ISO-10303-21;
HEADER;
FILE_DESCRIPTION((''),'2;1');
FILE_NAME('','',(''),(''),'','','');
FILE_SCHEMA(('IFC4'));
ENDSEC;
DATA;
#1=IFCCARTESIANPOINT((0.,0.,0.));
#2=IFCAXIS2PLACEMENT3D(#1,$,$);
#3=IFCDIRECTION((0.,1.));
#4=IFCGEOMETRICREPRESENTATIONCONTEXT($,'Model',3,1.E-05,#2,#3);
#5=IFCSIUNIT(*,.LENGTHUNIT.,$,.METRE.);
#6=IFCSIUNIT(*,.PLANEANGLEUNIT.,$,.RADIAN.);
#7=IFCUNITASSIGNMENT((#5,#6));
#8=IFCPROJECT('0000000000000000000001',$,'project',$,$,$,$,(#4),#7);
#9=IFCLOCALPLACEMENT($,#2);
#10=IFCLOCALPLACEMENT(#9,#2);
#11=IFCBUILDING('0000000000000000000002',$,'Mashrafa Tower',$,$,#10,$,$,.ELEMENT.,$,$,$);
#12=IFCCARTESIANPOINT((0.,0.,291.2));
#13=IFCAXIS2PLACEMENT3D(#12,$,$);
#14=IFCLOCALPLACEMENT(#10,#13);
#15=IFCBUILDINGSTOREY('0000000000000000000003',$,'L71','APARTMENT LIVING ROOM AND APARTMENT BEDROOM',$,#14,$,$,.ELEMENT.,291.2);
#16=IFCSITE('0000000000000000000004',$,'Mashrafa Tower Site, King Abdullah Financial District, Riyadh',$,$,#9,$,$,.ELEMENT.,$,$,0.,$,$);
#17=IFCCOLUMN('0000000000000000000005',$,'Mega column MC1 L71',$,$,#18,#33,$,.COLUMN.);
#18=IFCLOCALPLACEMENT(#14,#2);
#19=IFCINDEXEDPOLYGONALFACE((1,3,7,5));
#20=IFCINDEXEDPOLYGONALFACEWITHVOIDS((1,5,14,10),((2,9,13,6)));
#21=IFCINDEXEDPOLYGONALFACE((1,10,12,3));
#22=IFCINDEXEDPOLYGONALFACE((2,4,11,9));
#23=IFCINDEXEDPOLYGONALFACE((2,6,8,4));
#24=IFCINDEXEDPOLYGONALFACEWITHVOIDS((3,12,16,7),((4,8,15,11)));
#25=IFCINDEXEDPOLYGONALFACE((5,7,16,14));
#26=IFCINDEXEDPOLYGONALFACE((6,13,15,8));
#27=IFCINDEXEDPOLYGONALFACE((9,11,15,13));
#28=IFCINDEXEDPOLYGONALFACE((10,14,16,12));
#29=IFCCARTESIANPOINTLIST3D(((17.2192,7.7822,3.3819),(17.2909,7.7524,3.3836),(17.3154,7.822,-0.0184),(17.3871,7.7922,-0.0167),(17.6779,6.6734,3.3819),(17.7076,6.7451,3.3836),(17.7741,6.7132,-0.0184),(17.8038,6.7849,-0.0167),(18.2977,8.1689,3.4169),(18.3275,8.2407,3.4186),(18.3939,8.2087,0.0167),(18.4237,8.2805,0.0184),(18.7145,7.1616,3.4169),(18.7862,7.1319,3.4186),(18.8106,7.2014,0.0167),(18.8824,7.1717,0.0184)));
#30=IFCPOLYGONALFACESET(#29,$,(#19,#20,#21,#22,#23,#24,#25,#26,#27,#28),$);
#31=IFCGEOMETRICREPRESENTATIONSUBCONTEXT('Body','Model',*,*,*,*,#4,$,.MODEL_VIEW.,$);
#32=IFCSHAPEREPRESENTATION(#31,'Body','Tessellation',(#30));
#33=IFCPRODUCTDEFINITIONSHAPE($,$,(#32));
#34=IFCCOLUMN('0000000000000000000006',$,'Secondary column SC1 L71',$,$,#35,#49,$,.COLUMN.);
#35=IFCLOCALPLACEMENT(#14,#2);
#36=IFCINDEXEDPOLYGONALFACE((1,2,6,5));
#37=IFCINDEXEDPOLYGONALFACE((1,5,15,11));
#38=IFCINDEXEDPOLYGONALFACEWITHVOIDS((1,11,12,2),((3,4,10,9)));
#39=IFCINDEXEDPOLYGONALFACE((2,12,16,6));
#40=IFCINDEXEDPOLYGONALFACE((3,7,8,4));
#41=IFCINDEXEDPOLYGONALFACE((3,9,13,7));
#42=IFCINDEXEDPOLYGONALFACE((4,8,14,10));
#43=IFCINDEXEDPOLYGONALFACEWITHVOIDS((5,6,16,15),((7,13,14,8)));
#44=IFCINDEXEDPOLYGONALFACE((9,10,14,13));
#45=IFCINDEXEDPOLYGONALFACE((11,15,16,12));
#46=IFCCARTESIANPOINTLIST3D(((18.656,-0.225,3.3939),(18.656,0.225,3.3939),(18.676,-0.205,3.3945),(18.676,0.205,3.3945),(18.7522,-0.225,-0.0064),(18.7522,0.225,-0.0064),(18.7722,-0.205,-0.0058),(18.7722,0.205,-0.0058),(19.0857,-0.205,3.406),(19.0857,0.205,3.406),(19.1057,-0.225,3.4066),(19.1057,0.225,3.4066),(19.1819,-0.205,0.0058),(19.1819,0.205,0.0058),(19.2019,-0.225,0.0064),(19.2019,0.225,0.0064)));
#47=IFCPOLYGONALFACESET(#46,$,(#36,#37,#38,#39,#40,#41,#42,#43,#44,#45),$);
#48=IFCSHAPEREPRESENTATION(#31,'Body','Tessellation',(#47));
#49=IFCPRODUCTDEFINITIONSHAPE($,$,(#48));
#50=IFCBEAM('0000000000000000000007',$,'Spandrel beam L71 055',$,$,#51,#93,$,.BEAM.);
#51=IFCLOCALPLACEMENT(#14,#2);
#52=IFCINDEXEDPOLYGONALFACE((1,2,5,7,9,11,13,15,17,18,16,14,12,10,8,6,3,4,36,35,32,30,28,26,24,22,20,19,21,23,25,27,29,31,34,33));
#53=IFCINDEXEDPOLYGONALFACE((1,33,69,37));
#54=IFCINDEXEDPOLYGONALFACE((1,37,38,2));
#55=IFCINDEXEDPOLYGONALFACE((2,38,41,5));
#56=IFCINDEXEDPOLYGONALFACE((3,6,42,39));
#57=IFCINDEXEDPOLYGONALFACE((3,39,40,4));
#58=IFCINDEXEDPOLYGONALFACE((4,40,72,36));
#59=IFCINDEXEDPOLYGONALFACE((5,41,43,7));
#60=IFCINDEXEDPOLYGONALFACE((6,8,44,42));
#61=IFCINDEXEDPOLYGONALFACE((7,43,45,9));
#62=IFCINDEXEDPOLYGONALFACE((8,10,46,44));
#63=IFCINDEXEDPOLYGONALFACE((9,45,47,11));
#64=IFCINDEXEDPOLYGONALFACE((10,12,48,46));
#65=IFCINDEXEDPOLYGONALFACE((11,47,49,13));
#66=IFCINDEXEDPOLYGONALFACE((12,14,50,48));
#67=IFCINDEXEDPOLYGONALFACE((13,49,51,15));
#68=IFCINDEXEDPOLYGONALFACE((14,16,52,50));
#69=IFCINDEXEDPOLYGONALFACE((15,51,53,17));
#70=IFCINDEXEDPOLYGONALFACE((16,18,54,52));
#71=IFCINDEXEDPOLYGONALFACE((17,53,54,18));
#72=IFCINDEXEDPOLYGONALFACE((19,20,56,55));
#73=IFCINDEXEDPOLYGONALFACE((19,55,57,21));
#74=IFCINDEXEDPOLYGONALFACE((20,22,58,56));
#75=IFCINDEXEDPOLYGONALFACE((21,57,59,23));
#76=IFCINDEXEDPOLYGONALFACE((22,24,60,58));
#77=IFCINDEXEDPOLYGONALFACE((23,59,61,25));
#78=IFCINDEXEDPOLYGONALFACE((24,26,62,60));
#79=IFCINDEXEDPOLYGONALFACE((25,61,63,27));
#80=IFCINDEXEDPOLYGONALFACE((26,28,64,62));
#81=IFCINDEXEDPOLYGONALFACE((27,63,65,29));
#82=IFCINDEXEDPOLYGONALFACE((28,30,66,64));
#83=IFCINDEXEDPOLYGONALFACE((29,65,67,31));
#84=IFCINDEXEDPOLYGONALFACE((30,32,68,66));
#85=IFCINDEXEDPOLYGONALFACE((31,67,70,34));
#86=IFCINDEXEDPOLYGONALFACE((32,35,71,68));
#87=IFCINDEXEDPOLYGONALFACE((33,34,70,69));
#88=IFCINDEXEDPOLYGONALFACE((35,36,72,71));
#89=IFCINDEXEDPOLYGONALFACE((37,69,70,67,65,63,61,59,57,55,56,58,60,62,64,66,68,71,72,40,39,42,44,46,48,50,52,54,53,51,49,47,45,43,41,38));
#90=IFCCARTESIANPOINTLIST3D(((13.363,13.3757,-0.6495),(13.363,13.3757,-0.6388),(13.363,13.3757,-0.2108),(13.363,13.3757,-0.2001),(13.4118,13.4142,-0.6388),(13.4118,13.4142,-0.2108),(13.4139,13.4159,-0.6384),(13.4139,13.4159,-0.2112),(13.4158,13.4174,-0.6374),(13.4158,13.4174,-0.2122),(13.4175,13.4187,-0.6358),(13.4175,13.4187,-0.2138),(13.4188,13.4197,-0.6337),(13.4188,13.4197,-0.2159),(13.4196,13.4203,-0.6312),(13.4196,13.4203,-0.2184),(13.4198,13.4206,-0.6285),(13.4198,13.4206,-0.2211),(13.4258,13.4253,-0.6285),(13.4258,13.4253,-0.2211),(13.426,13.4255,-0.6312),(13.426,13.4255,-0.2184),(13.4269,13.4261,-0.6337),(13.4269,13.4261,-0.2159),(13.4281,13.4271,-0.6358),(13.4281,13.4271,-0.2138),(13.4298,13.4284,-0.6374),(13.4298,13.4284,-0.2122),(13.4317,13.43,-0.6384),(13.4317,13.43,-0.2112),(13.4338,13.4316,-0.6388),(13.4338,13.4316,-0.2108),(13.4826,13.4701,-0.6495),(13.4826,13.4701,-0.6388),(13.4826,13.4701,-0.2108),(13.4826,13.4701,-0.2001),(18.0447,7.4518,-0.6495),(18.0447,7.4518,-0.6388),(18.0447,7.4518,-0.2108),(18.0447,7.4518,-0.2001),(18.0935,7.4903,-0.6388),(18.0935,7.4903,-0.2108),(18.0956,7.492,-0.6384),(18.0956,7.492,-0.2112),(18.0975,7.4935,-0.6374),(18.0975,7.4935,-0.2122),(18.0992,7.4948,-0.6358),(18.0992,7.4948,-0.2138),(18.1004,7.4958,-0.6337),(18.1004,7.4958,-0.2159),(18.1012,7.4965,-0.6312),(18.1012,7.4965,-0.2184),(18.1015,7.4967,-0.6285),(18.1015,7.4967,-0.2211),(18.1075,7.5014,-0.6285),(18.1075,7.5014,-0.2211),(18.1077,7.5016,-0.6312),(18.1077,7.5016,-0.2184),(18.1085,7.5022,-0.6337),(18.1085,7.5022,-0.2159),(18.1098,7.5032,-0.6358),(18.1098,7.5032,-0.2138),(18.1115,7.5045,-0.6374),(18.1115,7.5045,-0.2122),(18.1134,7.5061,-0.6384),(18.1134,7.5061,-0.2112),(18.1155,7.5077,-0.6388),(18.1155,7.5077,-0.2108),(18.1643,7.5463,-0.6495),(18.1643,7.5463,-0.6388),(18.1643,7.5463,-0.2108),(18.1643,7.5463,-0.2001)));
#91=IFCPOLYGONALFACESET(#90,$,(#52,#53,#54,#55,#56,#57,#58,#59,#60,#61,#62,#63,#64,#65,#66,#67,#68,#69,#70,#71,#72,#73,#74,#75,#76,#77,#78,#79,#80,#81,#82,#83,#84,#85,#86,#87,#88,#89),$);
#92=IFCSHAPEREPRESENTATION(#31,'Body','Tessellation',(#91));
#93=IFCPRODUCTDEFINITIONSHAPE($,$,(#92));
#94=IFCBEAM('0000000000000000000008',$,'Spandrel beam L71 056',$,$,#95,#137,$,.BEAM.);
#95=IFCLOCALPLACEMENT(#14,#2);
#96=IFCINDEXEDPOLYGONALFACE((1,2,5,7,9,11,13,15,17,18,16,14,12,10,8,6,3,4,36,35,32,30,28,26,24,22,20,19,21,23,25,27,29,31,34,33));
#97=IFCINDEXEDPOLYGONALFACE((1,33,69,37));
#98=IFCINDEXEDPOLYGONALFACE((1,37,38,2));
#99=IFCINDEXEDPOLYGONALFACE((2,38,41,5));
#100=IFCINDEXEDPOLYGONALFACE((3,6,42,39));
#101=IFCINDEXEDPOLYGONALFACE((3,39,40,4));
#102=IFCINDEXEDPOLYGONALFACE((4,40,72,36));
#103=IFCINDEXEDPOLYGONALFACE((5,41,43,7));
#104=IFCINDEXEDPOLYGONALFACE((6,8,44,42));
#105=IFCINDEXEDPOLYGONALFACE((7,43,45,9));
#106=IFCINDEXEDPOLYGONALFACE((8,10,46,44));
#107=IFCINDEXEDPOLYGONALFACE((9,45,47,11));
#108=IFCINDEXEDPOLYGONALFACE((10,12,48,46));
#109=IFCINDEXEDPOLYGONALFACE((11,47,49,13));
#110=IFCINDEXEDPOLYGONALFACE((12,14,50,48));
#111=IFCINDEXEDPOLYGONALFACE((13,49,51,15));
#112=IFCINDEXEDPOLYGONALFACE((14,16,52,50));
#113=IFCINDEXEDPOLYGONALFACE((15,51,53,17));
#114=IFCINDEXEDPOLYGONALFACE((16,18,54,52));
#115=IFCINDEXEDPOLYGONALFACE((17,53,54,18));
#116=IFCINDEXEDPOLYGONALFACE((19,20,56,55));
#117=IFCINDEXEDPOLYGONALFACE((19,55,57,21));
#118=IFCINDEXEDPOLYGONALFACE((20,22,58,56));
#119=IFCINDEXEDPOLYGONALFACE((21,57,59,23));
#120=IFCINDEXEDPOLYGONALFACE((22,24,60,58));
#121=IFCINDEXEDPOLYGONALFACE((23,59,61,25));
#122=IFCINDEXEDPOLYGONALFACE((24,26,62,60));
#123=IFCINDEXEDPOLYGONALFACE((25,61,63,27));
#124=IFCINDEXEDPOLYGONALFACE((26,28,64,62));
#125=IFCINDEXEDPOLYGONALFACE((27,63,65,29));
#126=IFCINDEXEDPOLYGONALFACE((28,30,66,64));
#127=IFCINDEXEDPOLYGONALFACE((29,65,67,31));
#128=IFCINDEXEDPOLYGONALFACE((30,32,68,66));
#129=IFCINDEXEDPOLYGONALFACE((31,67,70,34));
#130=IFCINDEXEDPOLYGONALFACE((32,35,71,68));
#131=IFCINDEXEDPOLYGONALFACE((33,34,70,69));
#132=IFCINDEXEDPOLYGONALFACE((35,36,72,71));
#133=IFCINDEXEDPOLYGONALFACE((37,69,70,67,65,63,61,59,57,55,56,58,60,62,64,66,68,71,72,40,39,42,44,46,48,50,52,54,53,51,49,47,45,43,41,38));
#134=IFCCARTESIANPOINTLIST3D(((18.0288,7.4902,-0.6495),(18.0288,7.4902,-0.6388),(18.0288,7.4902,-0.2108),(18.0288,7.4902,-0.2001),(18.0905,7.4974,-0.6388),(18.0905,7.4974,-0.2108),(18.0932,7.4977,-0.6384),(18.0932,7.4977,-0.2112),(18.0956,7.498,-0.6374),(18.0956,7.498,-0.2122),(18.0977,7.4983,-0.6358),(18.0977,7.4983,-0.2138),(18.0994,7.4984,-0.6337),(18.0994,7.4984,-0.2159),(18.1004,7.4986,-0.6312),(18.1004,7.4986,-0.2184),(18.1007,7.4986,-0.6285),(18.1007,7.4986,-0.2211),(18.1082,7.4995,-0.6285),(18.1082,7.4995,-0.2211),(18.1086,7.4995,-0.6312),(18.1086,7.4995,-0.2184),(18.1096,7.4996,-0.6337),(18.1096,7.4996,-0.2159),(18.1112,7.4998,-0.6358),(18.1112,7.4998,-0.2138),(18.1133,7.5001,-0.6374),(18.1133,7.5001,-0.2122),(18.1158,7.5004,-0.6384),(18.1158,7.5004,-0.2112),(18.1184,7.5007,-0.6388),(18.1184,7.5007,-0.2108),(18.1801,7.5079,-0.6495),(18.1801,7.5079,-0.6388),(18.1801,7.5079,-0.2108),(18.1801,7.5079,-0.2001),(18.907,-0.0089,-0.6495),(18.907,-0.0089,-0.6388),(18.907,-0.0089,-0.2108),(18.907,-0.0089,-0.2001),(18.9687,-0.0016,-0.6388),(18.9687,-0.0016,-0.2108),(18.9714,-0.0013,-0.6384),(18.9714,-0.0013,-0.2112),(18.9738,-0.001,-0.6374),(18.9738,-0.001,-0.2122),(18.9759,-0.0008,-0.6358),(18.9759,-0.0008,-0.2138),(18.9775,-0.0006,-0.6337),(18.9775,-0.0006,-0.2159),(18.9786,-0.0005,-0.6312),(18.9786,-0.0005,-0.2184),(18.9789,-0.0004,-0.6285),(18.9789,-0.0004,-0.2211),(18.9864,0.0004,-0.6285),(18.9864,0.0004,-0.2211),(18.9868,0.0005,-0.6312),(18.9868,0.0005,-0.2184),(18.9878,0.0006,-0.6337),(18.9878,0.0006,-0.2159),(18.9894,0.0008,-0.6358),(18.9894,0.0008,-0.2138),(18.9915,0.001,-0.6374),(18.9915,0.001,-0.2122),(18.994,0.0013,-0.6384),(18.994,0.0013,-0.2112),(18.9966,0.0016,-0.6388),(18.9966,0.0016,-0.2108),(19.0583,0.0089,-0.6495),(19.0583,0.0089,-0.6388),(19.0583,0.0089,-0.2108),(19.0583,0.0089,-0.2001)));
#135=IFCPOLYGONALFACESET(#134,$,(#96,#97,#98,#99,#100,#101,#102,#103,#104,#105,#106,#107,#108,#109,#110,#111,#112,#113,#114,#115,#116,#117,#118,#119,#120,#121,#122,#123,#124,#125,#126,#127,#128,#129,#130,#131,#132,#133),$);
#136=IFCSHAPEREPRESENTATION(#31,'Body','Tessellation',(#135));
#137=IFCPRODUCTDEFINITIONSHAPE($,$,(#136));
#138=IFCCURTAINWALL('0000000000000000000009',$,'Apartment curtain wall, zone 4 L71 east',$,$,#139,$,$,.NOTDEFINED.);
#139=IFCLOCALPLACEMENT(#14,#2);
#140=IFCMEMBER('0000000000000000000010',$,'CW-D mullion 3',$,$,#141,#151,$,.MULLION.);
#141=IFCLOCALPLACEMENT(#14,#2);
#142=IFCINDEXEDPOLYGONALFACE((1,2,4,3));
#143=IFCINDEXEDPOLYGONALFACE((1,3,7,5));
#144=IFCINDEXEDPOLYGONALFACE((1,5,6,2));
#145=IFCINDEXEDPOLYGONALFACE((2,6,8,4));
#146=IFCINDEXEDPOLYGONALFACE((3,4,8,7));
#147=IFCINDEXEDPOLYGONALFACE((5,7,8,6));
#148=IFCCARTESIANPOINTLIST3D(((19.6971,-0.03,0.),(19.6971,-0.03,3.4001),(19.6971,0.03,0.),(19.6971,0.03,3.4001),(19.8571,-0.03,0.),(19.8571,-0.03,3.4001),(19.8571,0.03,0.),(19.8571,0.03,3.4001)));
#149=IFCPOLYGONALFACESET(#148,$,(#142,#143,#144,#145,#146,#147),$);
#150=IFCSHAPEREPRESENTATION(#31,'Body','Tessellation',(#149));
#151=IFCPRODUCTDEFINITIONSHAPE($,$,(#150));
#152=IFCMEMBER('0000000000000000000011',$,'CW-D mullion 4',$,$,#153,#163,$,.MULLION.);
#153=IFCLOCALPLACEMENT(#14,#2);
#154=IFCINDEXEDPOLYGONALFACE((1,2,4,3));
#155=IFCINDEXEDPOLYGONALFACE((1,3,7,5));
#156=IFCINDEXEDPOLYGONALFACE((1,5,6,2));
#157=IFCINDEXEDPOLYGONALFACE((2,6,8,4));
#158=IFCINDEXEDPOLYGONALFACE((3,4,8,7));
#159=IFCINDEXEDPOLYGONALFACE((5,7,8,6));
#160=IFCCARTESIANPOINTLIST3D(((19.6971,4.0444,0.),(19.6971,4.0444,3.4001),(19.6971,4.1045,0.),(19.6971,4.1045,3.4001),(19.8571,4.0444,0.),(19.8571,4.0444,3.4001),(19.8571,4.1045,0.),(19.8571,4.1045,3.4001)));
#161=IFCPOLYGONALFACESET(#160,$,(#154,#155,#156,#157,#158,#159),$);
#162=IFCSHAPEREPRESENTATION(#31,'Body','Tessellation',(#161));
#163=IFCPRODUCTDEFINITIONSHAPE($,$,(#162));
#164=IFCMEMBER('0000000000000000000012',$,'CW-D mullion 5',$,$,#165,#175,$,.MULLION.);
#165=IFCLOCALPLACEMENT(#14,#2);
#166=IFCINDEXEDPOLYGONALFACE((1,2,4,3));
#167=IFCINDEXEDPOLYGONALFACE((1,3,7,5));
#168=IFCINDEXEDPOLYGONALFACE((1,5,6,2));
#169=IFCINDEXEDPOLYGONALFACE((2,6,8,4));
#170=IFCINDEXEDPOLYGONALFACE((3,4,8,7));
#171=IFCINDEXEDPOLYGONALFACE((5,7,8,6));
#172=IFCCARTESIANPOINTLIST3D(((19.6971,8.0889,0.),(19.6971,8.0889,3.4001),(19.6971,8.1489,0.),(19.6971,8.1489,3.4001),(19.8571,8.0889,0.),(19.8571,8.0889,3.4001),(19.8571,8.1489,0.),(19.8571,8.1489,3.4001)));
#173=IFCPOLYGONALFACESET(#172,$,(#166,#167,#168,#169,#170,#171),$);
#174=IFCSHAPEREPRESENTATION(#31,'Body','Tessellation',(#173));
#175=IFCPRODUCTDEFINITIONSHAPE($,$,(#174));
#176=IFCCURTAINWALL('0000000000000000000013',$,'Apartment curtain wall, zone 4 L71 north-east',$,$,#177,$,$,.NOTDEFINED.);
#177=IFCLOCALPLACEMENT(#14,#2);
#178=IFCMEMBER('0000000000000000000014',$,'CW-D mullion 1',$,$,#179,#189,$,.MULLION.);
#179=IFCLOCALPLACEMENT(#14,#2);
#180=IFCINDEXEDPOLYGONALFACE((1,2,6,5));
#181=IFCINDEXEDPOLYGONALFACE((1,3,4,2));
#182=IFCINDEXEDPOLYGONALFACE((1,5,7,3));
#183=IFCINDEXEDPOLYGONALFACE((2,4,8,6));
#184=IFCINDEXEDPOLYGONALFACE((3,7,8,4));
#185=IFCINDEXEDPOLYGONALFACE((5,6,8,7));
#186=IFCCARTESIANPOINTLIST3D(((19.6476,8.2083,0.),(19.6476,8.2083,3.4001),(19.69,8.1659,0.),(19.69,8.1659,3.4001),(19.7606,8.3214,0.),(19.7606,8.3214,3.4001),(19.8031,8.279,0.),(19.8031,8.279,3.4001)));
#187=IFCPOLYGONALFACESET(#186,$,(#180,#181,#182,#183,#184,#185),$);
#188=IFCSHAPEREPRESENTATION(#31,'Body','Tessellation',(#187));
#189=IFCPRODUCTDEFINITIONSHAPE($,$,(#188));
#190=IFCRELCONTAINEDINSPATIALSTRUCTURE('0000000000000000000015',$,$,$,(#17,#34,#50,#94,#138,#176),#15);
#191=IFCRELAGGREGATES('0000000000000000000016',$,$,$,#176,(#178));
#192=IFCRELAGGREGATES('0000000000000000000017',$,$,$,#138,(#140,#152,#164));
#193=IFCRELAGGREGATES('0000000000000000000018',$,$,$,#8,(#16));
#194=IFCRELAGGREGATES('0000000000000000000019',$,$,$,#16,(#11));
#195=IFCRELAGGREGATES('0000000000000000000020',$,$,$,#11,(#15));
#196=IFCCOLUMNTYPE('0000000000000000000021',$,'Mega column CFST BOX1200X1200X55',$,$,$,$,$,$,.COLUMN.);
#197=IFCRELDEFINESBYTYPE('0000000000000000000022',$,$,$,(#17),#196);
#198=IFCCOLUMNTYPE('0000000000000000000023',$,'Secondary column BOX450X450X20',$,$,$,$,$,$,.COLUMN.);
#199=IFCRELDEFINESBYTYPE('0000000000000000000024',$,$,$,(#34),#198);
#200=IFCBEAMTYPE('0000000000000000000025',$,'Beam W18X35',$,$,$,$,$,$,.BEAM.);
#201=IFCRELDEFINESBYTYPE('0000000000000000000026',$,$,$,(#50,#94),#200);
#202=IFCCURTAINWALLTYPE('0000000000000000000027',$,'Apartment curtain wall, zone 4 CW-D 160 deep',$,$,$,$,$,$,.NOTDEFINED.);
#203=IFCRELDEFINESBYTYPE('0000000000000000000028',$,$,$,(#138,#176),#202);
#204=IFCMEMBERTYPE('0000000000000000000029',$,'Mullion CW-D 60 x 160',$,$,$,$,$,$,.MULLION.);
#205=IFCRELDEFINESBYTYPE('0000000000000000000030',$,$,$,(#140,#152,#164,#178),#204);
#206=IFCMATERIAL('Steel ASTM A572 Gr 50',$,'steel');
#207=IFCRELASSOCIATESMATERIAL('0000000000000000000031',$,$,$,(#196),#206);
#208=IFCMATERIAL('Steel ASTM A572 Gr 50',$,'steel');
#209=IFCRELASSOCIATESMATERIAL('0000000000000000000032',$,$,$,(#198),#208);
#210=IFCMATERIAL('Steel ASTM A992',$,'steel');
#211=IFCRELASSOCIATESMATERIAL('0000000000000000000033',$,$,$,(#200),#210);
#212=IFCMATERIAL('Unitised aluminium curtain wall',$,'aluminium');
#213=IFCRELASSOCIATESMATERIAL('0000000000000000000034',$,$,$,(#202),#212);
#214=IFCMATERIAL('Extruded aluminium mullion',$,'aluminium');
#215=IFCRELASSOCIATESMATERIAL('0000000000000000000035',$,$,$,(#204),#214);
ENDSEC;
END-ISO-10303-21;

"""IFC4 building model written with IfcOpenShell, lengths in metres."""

from ifc_helpers import new_model, si_unit, direction, frame, origin, origin_2d, place, context, subcontext, project, spatial, rectangle, hollow_rectangle, i_section, extrude, source, transform, mapped, material, material_profile, profile_set, type_object, type_shapes, element, aggregate, save


model = new_model("IFC4")

# Units and contexts
model_context = context("Model", 3, precision=1e-05, world=origin(), true_north=direction((0.0, 1.0)))
body_context = subcontext(model_context, "Body", "Model", "MODEL_VIEW")
ifc_project = project(units=[si_unit("LENGTHUNIT", "METRE"), si_unit("PLANEANGLEUNIT", "RADIAN")], contexts=[model_context])

# Site, building, storey
site_placement = place(None, origin())
site = spatial("IfcSite", under=ifc_project, at=site_placement, Name="Mashrafa Tower Site, King Abdullah Financial District, Riyadh", CompositionType="ELEMENT", RefElevation=0.0)
building_placement = place(site_placement, origin())
building = spatial("IfcBuilding", under=site, at=building_placement, Name="Mashrafa Tower", CompositionType="ELEMENT")
storey_placement = place(building_placement, frame((0.0, 0.0, 291.2)))
storey = spatial("IfcBuildingStorey", under=building, at=storey_placement, Name="L71", Description="APARTMENT LIVING ROOM AND APARTMENT BEDROOM", CompositionType="ELEMENT", Elevation=291.2)

# Columns
ifc_material_1 = material(Name="Steel ASTM A572 Gr 50", Category="steel")
ifc_material_profile_1 = material_profile(ifc_material_1, hollow_rectangle(XDim=1.2, YDim=1.2, WallThickness=0.0549, at=origin_2d()), Name="BOX1200X1200X55")
ifc_profile_set_1 = profile_set([ifc_material_profile_1], Name="Steel ASTM A572 Gr 50")
column_type_1 = type_object("IfcColumnType", Name="Mega column CFST BOX1200X1200X55", PredefinedType="COLUMN", material=ifc_profile_set_1)
column_1_placement = place(storey_placement, frame((18.0989, 7.4968, 0.0), z_axis=(-0.028277, -0.011698, 0.999532), x_axis=(0.382283, -0.924045, 0.0)))
element("IfcColumn", 1, at=column_1_placement, inside=storey, type_object=column_type_1, Name="Mega column MC1 L71", PredefinedType="COLUMN", context=body_context, shape_type="SweptSolid", body=[
    extrude(hollow_rectangle(XDim=1.2, YDim=1.2, WallThickness=0.0549, at=origin_2d()), origin(), (0.0, 0.0, 1.0), 3.4019),
])
ifc_material_2 = material(Name="Steel ASTM A572 Gr 50", Category="steel")
ifc_material_profile_2 = material_profile(ifc_material_2, hollow_rectangle(XDim=0.45, YDim=0.45, WallThickness=0.02, at=origin_2d()), Name="BOX450X450X20")
ifc_profile_set_2 = profile_set([ifc_material_profile_2], Name="Steel ASTM A572 Gr 50")
column_type_2 = type_object("IfcColumnType", Name="Secondary column BOX450X450X20", PredefinedType="COLUMN", material=ifc_profile_set_2)
column_2_placement = place(storey_placement, frame((18.9771, 0.0, 0.0), z_axis=(-0.028279, 0.0, 0.9996), x_axis=(0.0, -1.0, 0.0)))
element("IfcColumn", 2, at=column_2_placement, inside=storey, type_object=column_type_2, Name="Secondary column SC1 L71", PredefinedType="COLUMN", context=body_context, shape_type="SweptSolid", body=[
    extrude(hollow_rectangle(XDim=0.45, YDim=0.45, WallThickness=0.02, at=origin_2d()), origin(), (0.0, 0.0, 1.0), 3.4016),
])

# Beams
ifc_material_3 = material(Name="Steel ASTM A992", Category="steel")
ifc_material_profile_3 = material_profile(ifc_material_3, i_section(OverallWidth=0.1523, OverallDepth=0.4495, WebThickness=0.0076, FlangeThickness=0.0107, FilletRadius=0.0103, at=origin_2d()), Name="W18X35")
ifc_profile_set_3 = profile_set([ifc_material_profile_3], Name="Steel ASTM A992")
beam_type = type_object("IfcBeamType", Name="Beam W18X35", PredefinedType="BEAM", material=ifc_profile_set_3)
beam_1_placement = place(storey_placement, frame((18.1045, 7.499, -0.4248), z_axis=(-0.620047, 0.784565, 0.0), x_axis=(-0.784565, -0.620047, 0.0)))
element("IfcBeam", 3, at=beam_1_placement, inside=storey, type_object=beam_type, Name="Spandrel beam L71 055", PredefinedType="BEAM", context=body_context, shape_type="SweptSolid", body=[
    extrude(i_section(OverallWidth=0.1523, OverallDepth=0.4495, WebThickness=0.0076, FlangeThickness=0.0107, FilletRadius=0.0103, at=origin_2d()), origin(), (0.0, 0.0, 1.0), 7.5505),
])
beam_2_placement = place(storey_placement, frame((18.9827, 0.0, -0.4248), z_axis=(-0.11631, 0.993213, 0.0), x_axis=(-0.993213, -0.11631, 0.0)))
element("IfcBeam", 4, at=beam_2_placement, inside=storey, type_object=beam_type, Name="Spandrel beam L71 056", PredefinedType="BEAM", context=body_context, shape_type="SweptSolid", body=[
    extrude(i_section(OverallWidth=0.1523, OverallDepth=0.4495, WebThickness=0.0076, FlangeThickness=0.0107, FilletRadius=0.0103, at=origin_2d()), origin(), (0.0, 0.0, 1.0), 7.5503),
])

# Curtain wall, members
ifc_material_4 = material(Name="Unitised aluminium curtain wall", Category="aluminium")
curtain_wall_type = type_object("IfcCurtainWallType", Name="Apartment curtain wall, zone 4 CW-D 160 deep", PredefinedType="NOTDEFINED", material=ifc_material_4)
curtain_wall_1_placement = place(storey_placement, origin())
curtain_wall_1 = element("IfcCurtainWall", 5, at=curtain_wall_1_placement, inside=storey, type_object=curtain_wall_type, Name="Apartment curtain wall, zone 4 L71 east", PredefinedType="NOTDEFINED")
ifc_material_5 = material(Name="Extruded aluminium mullion", Category="aluminium")
ifc_material_profile_4 = material_profile(ifc_material_5, rectangle(XDim=0.1599, YDim=0.0601, at=origin_2d()), Name="Mullion 60x160")
ifc_profile_set_4 = profile_set([ifc_material_profile_4], Name="Extruded aluminium mullion")
member_type_1 = type_object("IfcMemberType", Name="Mullion CW-D 60 x 160", PredefinedType="MULLION", material=ifc_profile_set_4)
shared_shape_1 = source(origin(), body_context, "Body", "SweptSolid", [
    extrude(rectangle(XDim=0.1599, YDim=0.0601, at=origin_2d()), origin(), (0.0, 0.0, 1.0), 3.4001),
])
type_shapes(member_type_1, [shared_shape_1])
member_1_placement = place(storey_placement, frame((19.7771, 0.0, 0.0), z_axis=(0.0, 0.0, 1.0), x_axis=(-1.0, 0.0, 0.0)))
member_1 = element("IfcMember", 6, at=member_1_placement, type_object=member_type_1, Name="CW-D mullion 3", PredefinedType="MULLION", context=body_context, shape_type="MappedRepresentation", body=[
    mapped(shared_shape_1, transform((0.0, 0.0, 0.0))),
])
member_2_placement = place(storey_placement, frame((19.7771, 4.0745, 0.0), z_axis=(0.0, 0.0, 1.0), x_axis=(-1.0, 0.0, 0.0)))
member_2 = element("IfcMember", 7, at=member_2_placement, type_object=member_type_1, Name="CW-D mullion 4", PredefinedType="MULLION", context=body_context, shape_type="MappedRepresentation", body=[
    mapped(shared_shape_1, transform((0.0, 0.0, 0.0))),
])
member_3_placement = place(storey_placement, frame((19.7771, 8.1189, 0.0), z_axis=(0.0, 0.0, 1.0), x_axis=(-1.0, 0.0, 0.0)))
member_3 = element("IfcMember", 8, at=member_3_placement, type_object=member_type_1, Name="CW-D mullion 5", PredefinedType="MULLION", context=body_context, shape_type="MappedRepresentation", body=[
    mapped(shared_shape_1, transform((0.0, 0.0, 0.0))),
])

# Curtain wall, member
curtain_wall_2_placement = place(storey_placement, origin())
curtain_wall_2 = element("IfcCurtainWall", 9, at=curtain_wall_2_placement, inside=storey, type_object=curtain_wall_type, Name="Apartment curtain wall, zone 4 L71 north-east", PredefinedType="NOTDEFINED")
member_4_placement = place(storey_placement, frame((19.7253, 8.2437, 0.0), z_axis=(0.0, 0.0, 1.0), x_axis=(-0.707107, -0.707107, 0.0)))
member_4 = element("IfcMember", 10, at=member_4_placement, type_object=member_type_1, Name="CW-D mullion 1", PredefinedType="MULLION", context=body_context, shape_type="MappedRepresentation", body=[
    mapped(shared_shape_1, transform((0.0, 0.0, 0.0))),
])

aggregate(curtain_wall_2, [member_4])
aggregate(curtain_wall_1, [member_1, member_2, member_3])

save(model, "model.ifc")
